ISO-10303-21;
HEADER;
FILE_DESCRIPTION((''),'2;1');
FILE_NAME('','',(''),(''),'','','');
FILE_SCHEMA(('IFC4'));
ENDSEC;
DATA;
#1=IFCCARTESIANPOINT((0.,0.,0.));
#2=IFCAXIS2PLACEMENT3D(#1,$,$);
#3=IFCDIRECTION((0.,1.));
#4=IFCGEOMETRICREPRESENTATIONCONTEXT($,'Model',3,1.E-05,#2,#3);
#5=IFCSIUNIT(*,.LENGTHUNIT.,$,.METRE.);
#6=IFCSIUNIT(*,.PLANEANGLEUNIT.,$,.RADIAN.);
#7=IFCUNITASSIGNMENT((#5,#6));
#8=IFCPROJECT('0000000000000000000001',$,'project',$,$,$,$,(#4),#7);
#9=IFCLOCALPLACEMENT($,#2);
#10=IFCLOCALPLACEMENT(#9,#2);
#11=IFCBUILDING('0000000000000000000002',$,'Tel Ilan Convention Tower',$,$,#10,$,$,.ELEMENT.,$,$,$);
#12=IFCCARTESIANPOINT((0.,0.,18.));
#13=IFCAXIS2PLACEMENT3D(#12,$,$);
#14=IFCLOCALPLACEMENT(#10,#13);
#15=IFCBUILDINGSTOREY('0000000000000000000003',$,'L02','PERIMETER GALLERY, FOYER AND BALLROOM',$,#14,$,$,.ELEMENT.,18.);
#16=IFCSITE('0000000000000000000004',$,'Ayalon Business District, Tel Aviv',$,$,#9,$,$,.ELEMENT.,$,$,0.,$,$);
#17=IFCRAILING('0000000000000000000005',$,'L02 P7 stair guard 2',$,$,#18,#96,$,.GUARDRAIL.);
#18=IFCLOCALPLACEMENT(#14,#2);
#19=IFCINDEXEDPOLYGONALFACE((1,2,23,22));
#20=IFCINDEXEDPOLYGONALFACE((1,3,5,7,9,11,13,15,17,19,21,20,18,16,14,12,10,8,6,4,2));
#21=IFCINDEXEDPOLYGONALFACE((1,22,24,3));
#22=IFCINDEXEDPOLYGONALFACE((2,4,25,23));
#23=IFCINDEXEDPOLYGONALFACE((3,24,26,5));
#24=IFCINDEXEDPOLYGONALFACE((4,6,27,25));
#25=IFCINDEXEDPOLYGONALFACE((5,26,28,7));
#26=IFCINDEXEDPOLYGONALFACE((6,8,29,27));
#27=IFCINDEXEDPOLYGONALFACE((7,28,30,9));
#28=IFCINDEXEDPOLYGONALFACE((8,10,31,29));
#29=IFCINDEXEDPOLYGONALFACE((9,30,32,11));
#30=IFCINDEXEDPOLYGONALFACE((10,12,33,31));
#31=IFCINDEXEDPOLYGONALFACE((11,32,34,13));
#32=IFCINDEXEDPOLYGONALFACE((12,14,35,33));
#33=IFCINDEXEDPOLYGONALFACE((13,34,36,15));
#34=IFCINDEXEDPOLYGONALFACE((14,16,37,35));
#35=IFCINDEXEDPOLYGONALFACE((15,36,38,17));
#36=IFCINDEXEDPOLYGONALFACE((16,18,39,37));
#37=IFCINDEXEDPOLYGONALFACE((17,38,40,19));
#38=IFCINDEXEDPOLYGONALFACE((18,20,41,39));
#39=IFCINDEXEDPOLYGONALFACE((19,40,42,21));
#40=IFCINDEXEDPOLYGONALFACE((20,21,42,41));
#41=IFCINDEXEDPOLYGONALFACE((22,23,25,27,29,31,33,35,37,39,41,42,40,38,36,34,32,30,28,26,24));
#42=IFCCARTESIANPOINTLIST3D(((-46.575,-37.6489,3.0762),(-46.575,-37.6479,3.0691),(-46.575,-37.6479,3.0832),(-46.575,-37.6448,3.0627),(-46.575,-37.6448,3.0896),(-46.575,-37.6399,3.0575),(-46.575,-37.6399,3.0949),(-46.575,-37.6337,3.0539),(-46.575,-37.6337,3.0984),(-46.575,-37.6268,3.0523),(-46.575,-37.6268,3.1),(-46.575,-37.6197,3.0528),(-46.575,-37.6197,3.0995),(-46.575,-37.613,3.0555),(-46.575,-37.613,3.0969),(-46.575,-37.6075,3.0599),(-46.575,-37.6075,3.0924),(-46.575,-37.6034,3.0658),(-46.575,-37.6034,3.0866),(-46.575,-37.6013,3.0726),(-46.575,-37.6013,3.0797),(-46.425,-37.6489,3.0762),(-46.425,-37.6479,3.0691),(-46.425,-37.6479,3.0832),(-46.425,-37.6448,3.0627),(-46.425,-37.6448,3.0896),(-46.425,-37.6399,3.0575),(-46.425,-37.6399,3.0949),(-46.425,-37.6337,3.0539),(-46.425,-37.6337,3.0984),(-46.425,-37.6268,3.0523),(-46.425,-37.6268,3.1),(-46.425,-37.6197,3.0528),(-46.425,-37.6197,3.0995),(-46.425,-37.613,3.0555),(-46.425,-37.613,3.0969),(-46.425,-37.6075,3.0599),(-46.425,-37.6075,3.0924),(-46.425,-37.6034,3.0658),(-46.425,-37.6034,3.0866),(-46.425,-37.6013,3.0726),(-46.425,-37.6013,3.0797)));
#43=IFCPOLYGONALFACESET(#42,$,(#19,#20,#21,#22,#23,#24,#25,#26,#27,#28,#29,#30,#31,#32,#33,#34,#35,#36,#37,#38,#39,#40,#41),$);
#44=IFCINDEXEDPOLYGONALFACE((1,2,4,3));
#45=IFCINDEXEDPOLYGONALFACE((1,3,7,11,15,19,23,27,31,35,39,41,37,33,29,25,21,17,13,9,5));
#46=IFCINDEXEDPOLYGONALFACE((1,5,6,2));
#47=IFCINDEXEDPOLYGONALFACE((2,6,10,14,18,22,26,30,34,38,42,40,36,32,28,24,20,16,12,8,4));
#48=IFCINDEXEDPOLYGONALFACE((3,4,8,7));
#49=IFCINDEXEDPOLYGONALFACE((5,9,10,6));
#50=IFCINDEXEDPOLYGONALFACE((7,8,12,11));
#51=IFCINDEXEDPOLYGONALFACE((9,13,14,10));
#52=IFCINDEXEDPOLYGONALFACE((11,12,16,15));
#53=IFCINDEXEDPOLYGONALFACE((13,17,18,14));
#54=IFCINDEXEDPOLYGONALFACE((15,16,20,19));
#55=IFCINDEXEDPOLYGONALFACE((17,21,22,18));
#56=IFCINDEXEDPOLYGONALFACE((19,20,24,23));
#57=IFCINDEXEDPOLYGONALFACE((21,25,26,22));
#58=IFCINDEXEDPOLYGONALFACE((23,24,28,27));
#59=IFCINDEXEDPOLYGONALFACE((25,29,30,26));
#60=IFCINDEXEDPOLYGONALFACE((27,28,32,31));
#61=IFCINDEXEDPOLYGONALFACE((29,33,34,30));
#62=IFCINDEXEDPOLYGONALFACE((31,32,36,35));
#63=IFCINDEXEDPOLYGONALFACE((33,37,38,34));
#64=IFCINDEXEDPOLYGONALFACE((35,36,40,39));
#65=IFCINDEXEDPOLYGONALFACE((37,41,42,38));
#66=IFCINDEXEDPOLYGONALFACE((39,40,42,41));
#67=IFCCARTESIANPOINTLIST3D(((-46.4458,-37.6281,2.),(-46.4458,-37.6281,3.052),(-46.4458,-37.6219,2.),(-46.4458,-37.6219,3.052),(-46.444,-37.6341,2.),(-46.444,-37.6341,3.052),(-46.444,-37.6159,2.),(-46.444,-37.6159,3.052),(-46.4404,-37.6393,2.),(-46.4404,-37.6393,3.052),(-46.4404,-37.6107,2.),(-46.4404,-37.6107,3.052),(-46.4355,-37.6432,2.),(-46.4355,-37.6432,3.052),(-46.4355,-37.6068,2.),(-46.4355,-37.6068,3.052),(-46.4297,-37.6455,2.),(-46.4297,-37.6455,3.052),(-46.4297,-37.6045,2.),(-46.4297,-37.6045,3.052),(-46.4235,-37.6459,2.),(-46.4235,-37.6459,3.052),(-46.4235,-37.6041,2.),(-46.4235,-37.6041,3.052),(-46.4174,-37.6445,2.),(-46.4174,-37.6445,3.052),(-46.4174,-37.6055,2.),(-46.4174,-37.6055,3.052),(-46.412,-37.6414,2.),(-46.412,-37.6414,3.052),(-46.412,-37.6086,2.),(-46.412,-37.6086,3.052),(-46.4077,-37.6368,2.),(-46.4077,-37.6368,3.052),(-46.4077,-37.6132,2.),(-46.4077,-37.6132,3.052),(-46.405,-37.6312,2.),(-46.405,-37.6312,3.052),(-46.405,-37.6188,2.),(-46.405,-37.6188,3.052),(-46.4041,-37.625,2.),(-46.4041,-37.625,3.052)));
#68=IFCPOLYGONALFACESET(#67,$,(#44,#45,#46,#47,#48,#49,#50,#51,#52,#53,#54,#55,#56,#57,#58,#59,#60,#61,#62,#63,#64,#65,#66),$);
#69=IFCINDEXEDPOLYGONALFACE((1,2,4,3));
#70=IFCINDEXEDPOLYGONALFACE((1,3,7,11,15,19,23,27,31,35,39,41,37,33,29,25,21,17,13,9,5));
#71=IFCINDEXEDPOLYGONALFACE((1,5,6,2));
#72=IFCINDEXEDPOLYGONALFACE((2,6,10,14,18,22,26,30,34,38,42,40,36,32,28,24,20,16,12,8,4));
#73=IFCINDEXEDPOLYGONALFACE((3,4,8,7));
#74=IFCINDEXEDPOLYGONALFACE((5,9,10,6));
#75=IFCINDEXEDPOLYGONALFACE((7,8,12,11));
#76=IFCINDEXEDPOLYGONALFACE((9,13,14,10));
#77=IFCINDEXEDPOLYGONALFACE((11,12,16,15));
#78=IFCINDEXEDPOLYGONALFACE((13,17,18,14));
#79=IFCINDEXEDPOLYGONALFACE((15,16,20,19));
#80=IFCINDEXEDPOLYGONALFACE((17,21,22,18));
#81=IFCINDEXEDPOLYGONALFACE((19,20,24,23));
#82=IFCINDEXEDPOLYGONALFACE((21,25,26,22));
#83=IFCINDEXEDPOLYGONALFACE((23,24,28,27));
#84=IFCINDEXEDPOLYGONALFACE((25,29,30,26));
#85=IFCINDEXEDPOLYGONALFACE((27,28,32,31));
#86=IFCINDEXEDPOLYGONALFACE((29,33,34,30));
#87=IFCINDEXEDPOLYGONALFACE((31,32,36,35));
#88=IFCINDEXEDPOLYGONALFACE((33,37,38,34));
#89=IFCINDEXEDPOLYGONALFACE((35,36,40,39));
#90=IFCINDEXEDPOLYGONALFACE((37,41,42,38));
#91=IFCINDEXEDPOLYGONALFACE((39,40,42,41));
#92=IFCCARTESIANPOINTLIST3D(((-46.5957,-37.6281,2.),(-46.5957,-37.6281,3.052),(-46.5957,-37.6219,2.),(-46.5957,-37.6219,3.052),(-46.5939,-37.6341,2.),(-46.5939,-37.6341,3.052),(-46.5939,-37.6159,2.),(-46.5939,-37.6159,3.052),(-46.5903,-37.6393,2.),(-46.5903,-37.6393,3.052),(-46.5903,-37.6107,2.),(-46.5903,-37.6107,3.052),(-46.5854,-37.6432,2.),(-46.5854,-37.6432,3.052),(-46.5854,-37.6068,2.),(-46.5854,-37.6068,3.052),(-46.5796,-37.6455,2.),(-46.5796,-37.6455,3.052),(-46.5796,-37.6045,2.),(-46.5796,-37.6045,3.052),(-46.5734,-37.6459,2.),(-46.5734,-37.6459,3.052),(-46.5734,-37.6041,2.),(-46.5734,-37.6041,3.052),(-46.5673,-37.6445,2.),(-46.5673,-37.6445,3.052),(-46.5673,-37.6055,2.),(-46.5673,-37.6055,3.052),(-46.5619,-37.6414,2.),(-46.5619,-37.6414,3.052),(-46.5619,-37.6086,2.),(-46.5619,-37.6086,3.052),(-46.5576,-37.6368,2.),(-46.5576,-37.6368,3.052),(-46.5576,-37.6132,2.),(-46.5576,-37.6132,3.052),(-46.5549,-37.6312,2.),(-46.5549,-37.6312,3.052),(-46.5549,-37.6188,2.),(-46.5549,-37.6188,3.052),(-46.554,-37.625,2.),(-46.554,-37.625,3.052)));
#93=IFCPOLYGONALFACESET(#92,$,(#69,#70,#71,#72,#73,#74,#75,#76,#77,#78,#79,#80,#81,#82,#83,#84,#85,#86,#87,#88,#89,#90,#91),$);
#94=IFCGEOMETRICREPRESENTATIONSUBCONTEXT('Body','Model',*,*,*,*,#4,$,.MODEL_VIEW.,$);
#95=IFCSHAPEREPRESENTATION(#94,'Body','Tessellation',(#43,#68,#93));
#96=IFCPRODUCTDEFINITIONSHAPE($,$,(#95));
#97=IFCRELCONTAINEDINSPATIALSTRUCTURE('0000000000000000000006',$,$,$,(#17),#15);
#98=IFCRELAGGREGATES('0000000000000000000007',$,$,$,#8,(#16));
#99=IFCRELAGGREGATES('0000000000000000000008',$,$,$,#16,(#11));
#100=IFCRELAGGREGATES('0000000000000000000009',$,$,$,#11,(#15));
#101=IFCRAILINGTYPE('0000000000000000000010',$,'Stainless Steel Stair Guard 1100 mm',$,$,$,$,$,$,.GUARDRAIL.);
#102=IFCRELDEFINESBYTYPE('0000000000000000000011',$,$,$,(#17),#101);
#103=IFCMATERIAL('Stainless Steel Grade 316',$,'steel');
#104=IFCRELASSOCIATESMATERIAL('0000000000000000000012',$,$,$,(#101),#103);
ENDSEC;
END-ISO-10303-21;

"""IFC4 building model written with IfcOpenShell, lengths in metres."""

from ifc_helpers import new_model, si_unit, direction, frame, origin, origin_2d, place, context, subcontext, project, spatial, circle, extrude, material, type_object, element, save


model = new_model("IFC4")

# Units and contexts
model_context = context("Model", 3, precision=1e-05, world=origin(), true_north=direction((0.0, 1.0)))
body_context = subcontext(model_context, "Body", "Model", "MODEL_VIEW")
ifc_project = project(units=[si_unit("LENGTHUNIT", "METRE"), si_unit("PLANEANGLEUNIT", "RADIAN")], contexts=[model_context])

# Site, building, storey
site_placement = place(None, origin())
site = spatial("IfcSite", under=ifc_project, at=site_placement, Name="Ayalon Business District, Tel Aviv", CompositionType="ELEMENT", RefElevation=0.0)
building_placement = place(site_placement, origin())
building = spatial("IfcBuilding", under=site, at=building_placement, Name="Tel Ilan Convention Tower", CompositionType="ELEMENT")
storey_placement = place(building_placement, frame((0.0, 0.0, 18.0)))
storey = spatial("IfcBuildingStorey", under=building, at=storey_placement, Name="L02", Description="PERIMETER GALLERY, FOYER AND BALLROOM", CompositionType="ELEMENT", Elevation=18.0)

# Railing
ifc_material_1 = material(Name="Stainless Steel Grade 316", Category="steel")
railing_type_1 = type_object("IfcRailingType", Name="Stainless Steel Stair Guard 1100 mm", PredefinedType="GUARDRAIL", material=ifc_material_1)
railing_1_placement = place(storey_placement, frame((-46.425, -37.625, 2.0)))
element("IfcRailing", 1, at=railing_1_placement, inside=storey, type_object=railing_type_1, Name="L02 P7 stair guard 2", PredefinedType="GUARDRAIL", context=body_context, shape_type="SweptSolid", body=[
    extrude(circle(Radius=0.0239, at=origin_2d()), frame((0.0, 0.0, 1.0762), z_axis=(-1.0, 0.0, 0.0), x_axis=(0.0, -1.0, 0.0)), (0.0, 0.0, 1.0), 0.1499),
    extrude(circle(Radius=0.021, at=origin_2d()), origin(), (0.0, 0.0, 1.0), 1.052),
    extrude(circle(Radius=0.021, at=origin_2d()), frame((-0.1499, 0.0, 0.0)), (0.0, 0.0, 1.0), 1.052),
])

save(model, "model.ifc")
